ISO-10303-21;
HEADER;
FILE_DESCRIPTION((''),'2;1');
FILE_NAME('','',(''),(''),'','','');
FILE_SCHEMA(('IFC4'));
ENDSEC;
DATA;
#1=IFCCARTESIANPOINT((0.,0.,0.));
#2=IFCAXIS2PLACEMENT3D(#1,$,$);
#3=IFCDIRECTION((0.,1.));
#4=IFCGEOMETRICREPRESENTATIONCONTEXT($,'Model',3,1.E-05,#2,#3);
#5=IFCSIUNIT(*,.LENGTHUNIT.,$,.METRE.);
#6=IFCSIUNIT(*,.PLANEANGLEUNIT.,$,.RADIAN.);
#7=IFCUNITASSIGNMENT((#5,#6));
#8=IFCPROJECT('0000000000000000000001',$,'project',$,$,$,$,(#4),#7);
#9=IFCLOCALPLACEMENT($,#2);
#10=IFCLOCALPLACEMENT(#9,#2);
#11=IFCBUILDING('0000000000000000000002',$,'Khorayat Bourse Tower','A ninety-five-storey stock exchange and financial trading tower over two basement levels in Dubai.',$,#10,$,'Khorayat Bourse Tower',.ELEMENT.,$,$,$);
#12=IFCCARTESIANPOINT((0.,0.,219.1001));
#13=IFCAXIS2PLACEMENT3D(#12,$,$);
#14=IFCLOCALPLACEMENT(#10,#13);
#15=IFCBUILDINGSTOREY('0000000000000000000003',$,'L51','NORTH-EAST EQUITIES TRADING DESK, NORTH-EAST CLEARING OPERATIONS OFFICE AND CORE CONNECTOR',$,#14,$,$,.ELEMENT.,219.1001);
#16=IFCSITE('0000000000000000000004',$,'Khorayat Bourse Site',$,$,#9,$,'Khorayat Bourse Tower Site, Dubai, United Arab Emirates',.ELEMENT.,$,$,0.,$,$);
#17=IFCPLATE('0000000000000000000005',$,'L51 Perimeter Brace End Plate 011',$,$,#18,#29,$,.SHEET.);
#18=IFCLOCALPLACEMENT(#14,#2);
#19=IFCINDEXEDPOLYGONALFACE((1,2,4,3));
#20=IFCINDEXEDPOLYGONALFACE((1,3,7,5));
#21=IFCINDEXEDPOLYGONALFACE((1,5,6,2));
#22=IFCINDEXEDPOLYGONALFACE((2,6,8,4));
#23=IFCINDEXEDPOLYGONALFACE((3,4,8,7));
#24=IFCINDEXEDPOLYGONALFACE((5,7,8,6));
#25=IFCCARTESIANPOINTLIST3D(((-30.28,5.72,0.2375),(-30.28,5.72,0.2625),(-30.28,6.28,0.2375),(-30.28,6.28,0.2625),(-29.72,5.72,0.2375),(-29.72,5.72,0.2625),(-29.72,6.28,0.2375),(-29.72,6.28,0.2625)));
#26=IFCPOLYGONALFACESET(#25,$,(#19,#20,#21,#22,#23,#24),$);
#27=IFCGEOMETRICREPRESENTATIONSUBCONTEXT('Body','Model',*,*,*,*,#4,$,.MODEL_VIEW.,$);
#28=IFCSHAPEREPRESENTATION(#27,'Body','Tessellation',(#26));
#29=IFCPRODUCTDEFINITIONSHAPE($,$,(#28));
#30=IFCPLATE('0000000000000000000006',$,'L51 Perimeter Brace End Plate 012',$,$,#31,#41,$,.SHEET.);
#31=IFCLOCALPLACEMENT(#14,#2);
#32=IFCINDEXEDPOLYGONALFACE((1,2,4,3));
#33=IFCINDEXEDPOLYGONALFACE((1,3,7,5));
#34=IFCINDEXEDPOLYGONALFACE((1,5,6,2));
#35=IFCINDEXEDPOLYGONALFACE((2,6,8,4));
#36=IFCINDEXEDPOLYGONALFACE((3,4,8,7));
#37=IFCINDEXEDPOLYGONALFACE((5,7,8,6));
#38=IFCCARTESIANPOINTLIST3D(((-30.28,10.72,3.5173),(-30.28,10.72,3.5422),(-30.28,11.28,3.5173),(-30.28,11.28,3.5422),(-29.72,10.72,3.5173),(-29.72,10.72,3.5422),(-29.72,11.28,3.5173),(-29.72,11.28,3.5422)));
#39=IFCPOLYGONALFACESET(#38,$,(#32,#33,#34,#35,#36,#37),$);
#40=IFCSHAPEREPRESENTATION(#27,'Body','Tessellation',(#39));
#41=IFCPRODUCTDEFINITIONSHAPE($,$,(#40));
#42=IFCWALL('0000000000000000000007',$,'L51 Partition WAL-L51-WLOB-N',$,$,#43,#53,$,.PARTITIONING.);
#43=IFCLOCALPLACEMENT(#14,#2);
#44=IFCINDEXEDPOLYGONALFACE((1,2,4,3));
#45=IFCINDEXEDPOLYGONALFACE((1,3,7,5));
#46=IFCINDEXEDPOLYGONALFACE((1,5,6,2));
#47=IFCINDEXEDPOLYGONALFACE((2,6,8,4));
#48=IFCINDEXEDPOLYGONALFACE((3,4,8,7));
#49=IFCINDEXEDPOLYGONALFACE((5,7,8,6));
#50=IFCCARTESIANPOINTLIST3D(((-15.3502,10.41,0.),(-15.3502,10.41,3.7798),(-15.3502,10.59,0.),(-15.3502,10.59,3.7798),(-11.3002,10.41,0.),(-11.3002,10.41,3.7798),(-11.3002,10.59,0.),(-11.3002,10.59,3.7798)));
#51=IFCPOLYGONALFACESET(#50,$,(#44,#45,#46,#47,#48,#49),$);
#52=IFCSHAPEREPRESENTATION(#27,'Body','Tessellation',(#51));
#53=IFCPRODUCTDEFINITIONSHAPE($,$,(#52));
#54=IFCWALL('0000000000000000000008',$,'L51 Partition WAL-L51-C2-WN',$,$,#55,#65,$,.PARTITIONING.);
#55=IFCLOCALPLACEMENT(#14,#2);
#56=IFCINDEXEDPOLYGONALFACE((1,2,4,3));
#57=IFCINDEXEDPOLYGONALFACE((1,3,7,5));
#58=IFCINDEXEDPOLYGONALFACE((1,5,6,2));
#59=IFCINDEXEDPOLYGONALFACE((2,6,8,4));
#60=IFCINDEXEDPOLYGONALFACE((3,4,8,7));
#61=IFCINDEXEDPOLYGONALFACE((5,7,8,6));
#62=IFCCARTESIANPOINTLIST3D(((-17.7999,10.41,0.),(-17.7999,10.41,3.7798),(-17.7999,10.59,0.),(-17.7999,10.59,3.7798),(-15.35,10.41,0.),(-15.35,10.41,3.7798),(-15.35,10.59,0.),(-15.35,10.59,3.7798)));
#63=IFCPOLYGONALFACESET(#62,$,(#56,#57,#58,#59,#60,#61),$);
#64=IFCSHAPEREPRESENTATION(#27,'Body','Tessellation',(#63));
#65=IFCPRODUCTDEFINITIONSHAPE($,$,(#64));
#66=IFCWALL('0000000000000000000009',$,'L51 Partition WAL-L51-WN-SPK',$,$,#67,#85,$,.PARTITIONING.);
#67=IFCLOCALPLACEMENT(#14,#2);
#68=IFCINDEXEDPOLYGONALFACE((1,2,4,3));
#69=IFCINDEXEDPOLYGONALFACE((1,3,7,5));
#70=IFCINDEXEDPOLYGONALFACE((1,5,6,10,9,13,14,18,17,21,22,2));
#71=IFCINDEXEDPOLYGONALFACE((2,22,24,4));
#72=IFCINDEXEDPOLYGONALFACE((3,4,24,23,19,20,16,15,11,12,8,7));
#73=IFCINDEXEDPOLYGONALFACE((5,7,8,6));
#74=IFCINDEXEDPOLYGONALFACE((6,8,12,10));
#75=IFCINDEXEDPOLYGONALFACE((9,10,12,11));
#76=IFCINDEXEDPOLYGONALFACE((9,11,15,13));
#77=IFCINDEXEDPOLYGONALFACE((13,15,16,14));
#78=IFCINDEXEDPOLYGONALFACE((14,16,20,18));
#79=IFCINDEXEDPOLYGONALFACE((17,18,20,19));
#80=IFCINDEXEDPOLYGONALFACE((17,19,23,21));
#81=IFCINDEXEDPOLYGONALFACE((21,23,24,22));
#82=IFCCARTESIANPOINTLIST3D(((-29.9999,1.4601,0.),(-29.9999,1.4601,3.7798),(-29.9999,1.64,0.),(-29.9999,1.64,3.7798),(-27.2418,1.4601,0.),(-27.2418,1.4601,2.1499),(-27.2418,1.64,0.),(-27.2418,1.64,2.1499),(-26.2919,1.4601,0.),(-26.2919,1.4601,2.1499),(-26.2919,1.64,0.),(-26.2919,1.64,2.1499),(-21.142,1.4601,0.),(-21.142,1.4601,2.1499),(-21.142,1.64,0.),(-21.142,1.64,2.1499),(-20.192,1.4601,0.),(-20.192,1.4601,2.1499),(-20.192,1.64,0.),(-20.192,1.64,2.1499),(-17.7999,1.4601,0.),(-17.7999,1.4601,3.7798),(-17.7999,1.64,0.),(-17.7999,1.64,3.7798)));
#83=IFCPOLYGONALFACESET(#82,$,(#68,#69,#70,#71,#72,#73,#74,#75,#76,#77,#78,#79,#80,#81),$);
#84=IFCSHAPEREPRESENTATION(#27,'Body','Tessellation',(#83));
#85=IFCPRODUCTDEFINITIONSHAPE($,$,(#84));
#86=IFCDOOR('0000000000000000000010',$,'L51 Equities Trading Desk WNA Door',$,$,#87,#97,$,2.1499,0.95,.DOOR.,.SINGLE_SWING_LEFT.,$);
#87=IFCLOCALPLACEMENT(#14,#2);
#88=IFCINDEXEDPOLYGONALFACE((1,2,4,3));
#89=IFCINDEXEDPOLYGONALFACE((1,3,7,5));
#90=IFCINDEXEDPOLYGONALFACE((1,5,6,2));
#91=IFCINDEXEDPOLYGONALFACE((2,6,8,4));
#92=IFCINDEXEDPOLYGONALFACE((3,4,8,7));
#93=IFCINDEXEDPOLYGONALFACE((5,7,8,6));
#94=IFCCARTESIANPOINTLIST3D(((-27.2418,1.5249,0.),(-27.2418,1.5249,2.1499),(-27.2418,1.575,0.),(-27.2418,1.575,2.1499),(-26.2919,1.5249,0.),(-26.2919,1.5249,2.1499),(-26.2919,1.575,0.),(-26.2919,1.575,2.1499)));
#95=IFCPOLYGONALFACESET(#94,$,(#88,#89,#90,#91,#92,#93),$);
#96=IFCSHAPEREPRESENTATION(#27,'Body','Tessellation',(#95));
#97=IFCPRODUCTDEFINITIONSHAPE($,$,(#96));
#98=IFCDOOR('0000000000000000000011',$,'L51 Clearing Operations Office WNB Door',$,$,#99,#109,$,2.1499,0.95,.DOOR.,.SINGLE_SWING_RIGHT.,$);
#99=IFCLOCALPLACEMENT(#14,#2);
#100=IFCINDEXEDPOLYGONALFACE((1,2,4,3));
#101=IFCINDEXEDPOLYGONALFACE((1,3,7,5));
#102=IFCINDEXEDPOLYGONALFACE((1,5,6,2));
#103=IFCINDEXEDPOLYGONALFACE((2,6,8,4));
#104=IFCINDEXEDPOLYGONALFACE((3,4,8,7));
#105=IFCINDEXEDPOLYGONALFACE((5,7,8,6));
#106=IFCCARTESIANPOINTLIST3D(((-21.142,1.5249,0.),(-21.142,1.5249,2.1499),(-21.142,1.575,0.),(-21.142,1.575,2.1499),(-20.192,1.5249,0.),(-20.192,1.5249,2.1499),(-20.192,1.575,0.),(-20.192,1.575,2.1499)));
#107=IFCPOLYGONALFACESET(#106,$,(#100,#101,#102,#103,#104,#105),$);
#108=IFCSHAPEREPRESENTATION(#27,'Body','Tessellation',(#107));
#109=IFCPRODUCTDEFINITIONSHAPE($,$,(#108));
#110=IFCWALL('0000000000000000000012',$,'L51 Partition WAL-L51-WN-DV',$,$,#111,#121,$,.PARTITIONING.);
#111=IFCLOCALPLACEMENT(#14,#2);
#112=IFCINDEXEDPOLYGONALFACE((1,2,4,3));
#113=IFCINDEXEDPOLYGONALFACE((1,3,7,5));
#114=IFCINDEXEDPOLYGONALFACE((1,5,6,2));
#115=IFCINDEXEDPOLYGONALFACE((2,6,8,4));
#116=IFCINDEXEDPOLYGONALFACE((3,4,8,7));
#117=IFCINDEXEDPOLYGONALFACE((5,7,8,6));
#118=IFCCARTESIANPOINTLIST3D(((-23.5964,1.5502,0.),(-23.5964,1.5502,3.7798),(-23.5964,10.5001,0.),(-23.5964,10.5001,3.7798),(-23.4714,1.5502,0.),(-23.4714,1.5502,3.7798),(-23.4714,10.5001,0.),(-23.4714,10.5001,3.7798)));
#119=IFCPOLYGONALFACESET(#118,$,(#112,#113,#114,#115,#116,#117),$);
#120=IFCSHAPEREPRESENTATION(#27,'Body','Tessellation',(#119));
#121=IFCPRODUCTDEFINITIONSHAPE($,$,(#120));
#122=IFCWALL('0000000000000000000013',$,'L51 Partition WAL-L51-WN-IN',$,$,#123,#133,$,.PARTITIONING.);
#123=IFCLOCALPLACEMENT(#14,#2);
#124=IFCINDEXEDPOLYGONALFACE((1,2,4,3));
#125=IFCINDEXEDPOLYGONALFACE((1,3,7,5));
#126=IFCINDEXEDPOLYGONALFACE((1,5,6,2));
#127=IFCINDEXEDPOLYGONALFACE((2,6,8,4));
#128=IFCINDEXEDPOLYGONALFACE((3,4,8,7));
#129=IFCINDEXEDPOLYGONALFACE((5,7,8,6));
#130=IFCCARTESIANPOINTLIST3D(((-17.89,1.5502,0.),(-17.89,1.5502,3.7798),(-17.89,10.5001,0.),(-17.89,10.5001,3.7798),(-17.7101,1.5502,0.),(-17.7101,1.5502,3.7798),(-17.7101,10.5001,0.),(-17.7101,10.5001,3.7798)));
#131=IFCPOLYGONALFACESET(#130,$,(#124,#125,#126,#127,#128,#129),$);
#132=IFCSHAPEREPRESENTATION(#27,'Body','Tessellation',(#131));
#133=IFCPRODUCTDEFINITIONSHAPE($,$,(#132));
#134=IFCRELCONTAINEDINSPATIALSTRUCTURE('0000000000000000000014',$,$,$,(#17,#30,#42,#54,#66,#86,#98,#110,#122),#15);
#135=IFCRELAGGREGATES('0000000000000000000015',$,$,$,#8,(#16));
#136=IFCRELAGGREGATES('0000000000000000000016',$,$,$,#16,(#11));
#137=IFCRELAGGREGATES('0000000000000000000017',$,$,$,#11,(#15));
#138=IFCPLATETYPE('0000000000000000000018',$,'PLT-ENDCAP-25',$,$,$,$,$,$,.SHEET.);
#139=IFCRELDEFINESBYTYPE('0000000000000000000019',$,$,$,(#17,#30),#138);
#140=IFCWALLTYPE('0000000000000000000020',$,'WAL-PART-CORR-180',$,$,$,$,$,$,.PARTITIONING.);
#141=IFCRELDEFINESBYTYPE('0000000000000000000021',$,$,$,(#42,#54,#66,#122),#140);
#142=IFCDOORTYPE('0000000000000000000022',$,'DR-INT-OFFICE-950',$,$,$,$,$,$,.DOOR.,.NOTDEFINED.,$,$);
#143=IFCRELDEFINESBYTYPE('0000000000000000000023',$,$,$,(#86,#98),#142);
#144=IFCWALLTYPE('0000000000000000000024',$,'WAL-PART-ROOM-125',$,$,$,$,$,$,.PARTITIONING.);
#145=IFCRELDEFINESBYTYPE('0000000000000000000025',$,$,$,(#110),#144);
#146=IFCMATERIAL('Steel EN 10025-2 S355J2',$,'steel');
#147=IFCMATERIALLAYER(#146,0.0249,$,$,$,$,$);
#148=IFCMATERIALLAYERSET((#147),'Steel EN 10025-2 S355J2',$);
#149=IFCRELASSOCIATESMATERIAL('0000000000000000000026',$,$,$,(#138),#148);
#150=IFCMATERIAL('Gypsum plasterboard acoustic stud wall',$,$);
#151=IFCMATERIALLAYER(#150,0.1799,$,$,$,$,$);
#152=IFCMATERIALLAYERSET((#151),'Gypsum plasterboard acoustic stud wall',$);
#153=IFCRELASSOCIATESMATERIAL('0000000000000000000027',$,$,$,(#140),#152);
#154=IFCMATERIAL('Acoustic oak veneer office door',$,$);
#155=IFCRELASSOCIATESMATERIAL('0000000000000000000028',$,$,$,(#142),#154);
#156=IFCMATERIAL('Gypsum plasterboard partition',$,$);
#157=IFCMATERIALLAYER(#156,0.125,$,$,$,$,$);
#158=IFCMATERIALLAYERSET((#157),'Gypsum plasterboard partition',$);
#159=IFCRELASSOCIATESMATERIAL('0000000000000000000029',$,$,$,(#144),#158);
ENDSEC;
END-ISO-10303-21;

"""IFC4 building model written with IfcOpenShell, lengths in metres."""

from ifc_helpers import new_model, si_unit, direction, frame, frame_2d, origin, origin_2d, place, context, subcontext, project, spatial, rectangle, extrude, source, transform, mapped, material, layer, layer_set, type_object, element, fill, save


model = new_model("IFC4")

# Units and contexts
model_context = context("Model", 3, precision=1e-05, world=origin(), true_north=direction((0.0, 1.0)))
body_context = subcontext(model_context, "Body", "Model", "MODEL_VIEW")
ifc_project = project(units=[si_unit("LENGTHUNIT", "METRE"), si_unit("PLANEANGLEUNIT", "RADIAN")], contexts=[model_context])

# Site, building, storey
site_placement = place(None, origin())
site = spatial("IfcSite", under=ifc_project, at=site_placement, Name="Khorayat Bourse Site", LongName="Khorayat Bourse Tower Site, Dubai, United Arab Emirates", CompositionType="ELEMENT", RefElevation=0.0)
building_placement = place(site_placement, origin())
building = spatial("IfcBuilding", under=site, at=building_placement, Name="Khorayat Bourse Tower", Description="A ninety-five-storey stock exchange and financial trading tower over two basement levels in Dubai.", LongName="Khorayat Bourse Tower", CompositionType="ELEMENT")
storey_placement = place(building_placement, frame((0.0, 0.0, 219.1001)))
storey = spatial("IfcBuildingStorey", under=building, at=storey_placement, Name="L51", Description="NORTH-EAST EQUITIES TRADING DESK, NORTH-EAST CLEARING OPERATIONS OFFICE AND CORE CONNECTOR", CompositionType="ELEMENT", Elevation=219.1001)

# Plates
ifc_material_1 = material(Name="Steel EN 10025-2 S355J2", Category="steel")
ifc_layer_1 = layer(ifc_material_1, 0.0249)
ifc_layer_set_1 = layer_set([ifc_layer_1], Name="Steel EN 10025-2 S355J2")
plate_type = type_object("IfcPlateType", Name="PLT-ENDCAP-25", PredefinedType="SHEET", material=ifc_layer_set_1)
shared_shape_1 = source(origin(), body_context, "Body", "SweptSolid", [
    extrude(rectangle(XDim=0.5601, YDim=0.5601, at=origin_2d()), origin(), (0.0, 0.0, 1.0), 0.0249),
])
for number, where, z_axis, x_axis, name in (
    (1, (-30.0, 6.0, 0.2375), (0.0, 0.0, 1.0), (1.0, 0.0, 0.0), "L51 Perimeter Brace End Plate 011"),
    (2, (-30.0, 11.0, 3.5173), (0.0, 0.0, 1.0), (1.0, 0.0, 0.0), "L51 Perimeter Brace End Plate 012"),
):
    element("IfcPlate", number, at=place(storey_placement, frame(where, z_axis=z_axis, x_axis=x_axis)), inside=storey, type_object=plate_type, Name=name, PredefinedType="SHEET", context=body_context, shape_type="MappedRepresentation", body=[
        mapped(shared_shape_1, transform((0.0, 0.0, 0.0), scale=1.0)),
    ])

# Walls
ifc_material_2 = material(Name="Gypsum plasterboard acoustic stud wall")
ifc_layer_2 = layer(ifc_material_2, 0.1799)
ifc_layer_set_2 = layer_set([ifc_layer_2], Name="Gypsum plasterboard acoustic stud wall")
wall_type_1 = type_object("IfcWallType", Name="WAL-PART-CORR-180", PredefinedType="PARTITIONING", material=ifc_layer_set_2)
shared_shape_2 = source(origin(), body_context, "Body", "SweptSolid", [
    extrude(rectangle(XDim=4.05, YDim=0.1799, at=frame_2d((2.0249, 0.0))), origin(), (0.0, 0.0, 1.0), 3.7798),
])
wall_1_placement = place(storey_placement, frame((-15.3501, 10.5, 0.0), z_axis=(0.0, 0.0, 1.0), x_axis=(1.0, 0.0, 0.0)))
element("IfcWall", 3, at=wall_1_placement, inside=storey, type_object=wall_type_1, Name="L51 Partition WAL-L51-WLOB-N", PredefinedType="PARTITIONING", context=body_context, shape_type="MappedRepresentation", body=[
    mapped(shared_shape_2, transform((0.0, 0.0, 0.0), scale=1.0)),
])
shared_shape_3 = source(origin(), body_context, "Body", "SweptSolid", [
    extrude(rectangle(XDim=2.45, YDim=0.1799, at=frame_2d((1.2251, 0.0))), origin(), (0.0, 0.0, 1.0), 3.7798),
])
wall_2_placement = place(storey_placement, frame((-17.8, 10.5, 0.0), z_axis=(0.0, 0.0, 1.0), x_axis=(1.0, 0.0, 0.0)))
element("IfcWall", 4, at=wall_2_placement, inside=storey, type_object=wall_type_1, Name="L51 Partition WAL-L51-C2-WN", PredefinedType="PARTITIONING", context=body_context, shape_type="MappedRepresentation", body=[
    mapped(shared_shape_3, transform((0.0, 0.0, 0.0), scale=1.0)),
])

# Wall, openings, doors
shared_shape_4 = source(origin(), body_context, "Body", "SweptSolid", [
    extrude(rectangle(XDim=12.2, YDim=0.1799, at=frame_2d((6.1001, 0.0))), origin(), (0.0, 0.0, 1.0), 3.7798),
])
wall_3_placement = place(storey_placement, frame((-30.0, 1.55, 0.0), z_axis=(0.0, 0.0, 1.0), x_axis=(1.0, 0.0, 0.0)))
wall_3 = element("IfcWall", 5, at=wall_3_placement, inside=storey, type_object=wall_type_1, Name="L51 Partition WAL-L51-WN-SPK", PredefinedType="PARTITIONING", context=body_context, shape_type="MappedRepresentation", body=[
    mapped(shared_shape_4, transform((0.0, 0.0, 0.0), scale=1.0)),
])
shared_shape_5 = source(origin(), body_context, "Body", "SweptSolid", [
    extrude(rectangle(XDim=0.95, YDim=2.1499, at=frame_2d((0.4751, 1.075))), frame((0.0, 0.0999, 0.0), z_axis=(0.0, -1.0, 0.0), x_axis=(1.0, 0.0, 0.0)), (0.0, 0.0, 1.0), 0.2),
])
opening_1_placement = place(wall_3_placement, frame((2.7581, 0.0, 0.0)))
opening_1 = element("IfcOpeningElement", 6, at=opening_1_placement, cuts=wall_3, PredefinedType="OPENING", context=body_context, shape_type="MappedRepresentation", body=[
    mapped(shared_shape_5, transform((0.0, 0.0, 0.0), scale=1.0)),
])
opening_2_placement = place(wall_3_placement, frame((8.8579, 0.0, 0.0)))
opening_2 = element("IfcOpeningElement", 7, at=opening_2_placement, cuts=wall_3, PredefinedType="OPENING", context=body_context, shape_type="MappedRepresentation", body=[
    mapped(shared_shape_5, transform((0.0, 0.0, 0.0), scale=1.0)),
])
ifc_material_3 = material(Name="Acoustic oak veneer office door")
door_type = type_object("IfcDoorType", Name="DR-INT-OFFICE-950", OperationType="NOTDEFINED", PredefinedType="DOOR", material=ifc_material_3)
shared_shape_6 = source(origin(), body_context, "Body", "SweptSolid", [
    extrude(rectangle(XDim=0.95, YDim=2.1499, at=frame_2d((0.4751, 1.075))), frame((0.0, 0.0249, 0.0), z_axis=(0.0, -1.0, 0.0), x_axis=(1.0, 0.0, 0.0)), (0.0, 0.0, 1.0), 0.05),
])
door_1_placement = place(opening_1_placement, origin())
door_1 = element("IfcDoor", 8, at=door_1_placement, inside=storey, type_object=door_type, Name="L51 Equities Trading Desk WNA Door", OperationType="SINGLE_SWING_LEFT", OverallHeight=2.1499, OverallWidth=0.95, PredefinedType="DOOR", context=body_context, shape_type="MappedRepresentation", body=[
    mapped(shared_shape_6, transform((0.0, 0.0, 0.0), scale=1.0)),
])
fill(opening_1, door_1)
door_2_placement = place(opening_2_placement, origin())
door_2 = element("IfcDoor", 9, at=door_2_placement, inside=storey, type_object=door_type, Name="L51 Clearing Operations Office WNB Door", OperationType="SINGLE_SWING_RIGHT", OverallHeight=2.1499, OverallWidth=0.95, PredefinedType="DOOR", context=body_context, shape_type="MappedRepresentation", body=[
    mapped(shared_shape_6, transform((0.0, 0.0, 0.0), scale=1.0)),
])
fill(opening_2, door_2)

# Walls
ifc_material_4 = material(Name="Gypsum plasterboard partition")
ifc_layer_3 = layer(ifc_material_4, 0.125)
ifc_layer_set_3 = layer_set([ifc_layer_3], Name="Gypsum plasterboard partition")
wall_type_2 = type_object("IfcWallType", Name="WAL-PART-ROOM-125", PredefinedType="PARTITIONING", material=ifc_layer_set_3)
shared_shape_7 = source(origin(), body_context, "Body", "SweptSolid", [
    extrude(rectangle(XDim=8.95, YDim=0.125, at=frame_2d((4.4751, 0.0))), origin(), (0.0, 0.0, 1.0), 3.7798),
])
wall_4_placement = place(storey_placement, frame((-23.5339, 1.55, 0.0), z_axis=(0.0, 0.0, 1.0), x_axis=(0.0, 1.0, 0.0)))
element("IfcWall", 10, at=wall_4_placement, inside=storey, type_object=wall_type_2, Name="L51 Partition WAL-L51-WN-DV", PredefinedType="PARTITIONING", context=body_context, shape_type="MappedRepresentation", body=[
    mapped(shared_shape_7, transform((0.0, 0.0, 0.0), scale=1.0)),
])
shared_shape_8 = source(origin(), body_context, "Body", "SweptSolid", [
    extrude(rectangle(XDim=8.95, YDim=0.1799, at=frame_2d((4.4751, 0.0))), origin(), (0.0, 0.0, 1.0), 3.7798),
])
wall_5_placement = place(storey_placement, frame((-17.8, 1.55, 0.0), z_axis=(0.0, 0.0, 1.0), x_axis=(0.0, 1.0, 0.0)))
element("IfcWall", 11, at=wall_5_placement, inside=storey, type_object=wall_type_1, Name="L51 Partition WAL-L51-WN-IN", PredefinedType="PARTITIONING", context=body_context, shape_type="MappedRepresentation", body=[
    mapped(shared_shape_8, transform((0.0, 0.0, 0.0), scale=1.0)),
])

save(model, "model.ifc")
